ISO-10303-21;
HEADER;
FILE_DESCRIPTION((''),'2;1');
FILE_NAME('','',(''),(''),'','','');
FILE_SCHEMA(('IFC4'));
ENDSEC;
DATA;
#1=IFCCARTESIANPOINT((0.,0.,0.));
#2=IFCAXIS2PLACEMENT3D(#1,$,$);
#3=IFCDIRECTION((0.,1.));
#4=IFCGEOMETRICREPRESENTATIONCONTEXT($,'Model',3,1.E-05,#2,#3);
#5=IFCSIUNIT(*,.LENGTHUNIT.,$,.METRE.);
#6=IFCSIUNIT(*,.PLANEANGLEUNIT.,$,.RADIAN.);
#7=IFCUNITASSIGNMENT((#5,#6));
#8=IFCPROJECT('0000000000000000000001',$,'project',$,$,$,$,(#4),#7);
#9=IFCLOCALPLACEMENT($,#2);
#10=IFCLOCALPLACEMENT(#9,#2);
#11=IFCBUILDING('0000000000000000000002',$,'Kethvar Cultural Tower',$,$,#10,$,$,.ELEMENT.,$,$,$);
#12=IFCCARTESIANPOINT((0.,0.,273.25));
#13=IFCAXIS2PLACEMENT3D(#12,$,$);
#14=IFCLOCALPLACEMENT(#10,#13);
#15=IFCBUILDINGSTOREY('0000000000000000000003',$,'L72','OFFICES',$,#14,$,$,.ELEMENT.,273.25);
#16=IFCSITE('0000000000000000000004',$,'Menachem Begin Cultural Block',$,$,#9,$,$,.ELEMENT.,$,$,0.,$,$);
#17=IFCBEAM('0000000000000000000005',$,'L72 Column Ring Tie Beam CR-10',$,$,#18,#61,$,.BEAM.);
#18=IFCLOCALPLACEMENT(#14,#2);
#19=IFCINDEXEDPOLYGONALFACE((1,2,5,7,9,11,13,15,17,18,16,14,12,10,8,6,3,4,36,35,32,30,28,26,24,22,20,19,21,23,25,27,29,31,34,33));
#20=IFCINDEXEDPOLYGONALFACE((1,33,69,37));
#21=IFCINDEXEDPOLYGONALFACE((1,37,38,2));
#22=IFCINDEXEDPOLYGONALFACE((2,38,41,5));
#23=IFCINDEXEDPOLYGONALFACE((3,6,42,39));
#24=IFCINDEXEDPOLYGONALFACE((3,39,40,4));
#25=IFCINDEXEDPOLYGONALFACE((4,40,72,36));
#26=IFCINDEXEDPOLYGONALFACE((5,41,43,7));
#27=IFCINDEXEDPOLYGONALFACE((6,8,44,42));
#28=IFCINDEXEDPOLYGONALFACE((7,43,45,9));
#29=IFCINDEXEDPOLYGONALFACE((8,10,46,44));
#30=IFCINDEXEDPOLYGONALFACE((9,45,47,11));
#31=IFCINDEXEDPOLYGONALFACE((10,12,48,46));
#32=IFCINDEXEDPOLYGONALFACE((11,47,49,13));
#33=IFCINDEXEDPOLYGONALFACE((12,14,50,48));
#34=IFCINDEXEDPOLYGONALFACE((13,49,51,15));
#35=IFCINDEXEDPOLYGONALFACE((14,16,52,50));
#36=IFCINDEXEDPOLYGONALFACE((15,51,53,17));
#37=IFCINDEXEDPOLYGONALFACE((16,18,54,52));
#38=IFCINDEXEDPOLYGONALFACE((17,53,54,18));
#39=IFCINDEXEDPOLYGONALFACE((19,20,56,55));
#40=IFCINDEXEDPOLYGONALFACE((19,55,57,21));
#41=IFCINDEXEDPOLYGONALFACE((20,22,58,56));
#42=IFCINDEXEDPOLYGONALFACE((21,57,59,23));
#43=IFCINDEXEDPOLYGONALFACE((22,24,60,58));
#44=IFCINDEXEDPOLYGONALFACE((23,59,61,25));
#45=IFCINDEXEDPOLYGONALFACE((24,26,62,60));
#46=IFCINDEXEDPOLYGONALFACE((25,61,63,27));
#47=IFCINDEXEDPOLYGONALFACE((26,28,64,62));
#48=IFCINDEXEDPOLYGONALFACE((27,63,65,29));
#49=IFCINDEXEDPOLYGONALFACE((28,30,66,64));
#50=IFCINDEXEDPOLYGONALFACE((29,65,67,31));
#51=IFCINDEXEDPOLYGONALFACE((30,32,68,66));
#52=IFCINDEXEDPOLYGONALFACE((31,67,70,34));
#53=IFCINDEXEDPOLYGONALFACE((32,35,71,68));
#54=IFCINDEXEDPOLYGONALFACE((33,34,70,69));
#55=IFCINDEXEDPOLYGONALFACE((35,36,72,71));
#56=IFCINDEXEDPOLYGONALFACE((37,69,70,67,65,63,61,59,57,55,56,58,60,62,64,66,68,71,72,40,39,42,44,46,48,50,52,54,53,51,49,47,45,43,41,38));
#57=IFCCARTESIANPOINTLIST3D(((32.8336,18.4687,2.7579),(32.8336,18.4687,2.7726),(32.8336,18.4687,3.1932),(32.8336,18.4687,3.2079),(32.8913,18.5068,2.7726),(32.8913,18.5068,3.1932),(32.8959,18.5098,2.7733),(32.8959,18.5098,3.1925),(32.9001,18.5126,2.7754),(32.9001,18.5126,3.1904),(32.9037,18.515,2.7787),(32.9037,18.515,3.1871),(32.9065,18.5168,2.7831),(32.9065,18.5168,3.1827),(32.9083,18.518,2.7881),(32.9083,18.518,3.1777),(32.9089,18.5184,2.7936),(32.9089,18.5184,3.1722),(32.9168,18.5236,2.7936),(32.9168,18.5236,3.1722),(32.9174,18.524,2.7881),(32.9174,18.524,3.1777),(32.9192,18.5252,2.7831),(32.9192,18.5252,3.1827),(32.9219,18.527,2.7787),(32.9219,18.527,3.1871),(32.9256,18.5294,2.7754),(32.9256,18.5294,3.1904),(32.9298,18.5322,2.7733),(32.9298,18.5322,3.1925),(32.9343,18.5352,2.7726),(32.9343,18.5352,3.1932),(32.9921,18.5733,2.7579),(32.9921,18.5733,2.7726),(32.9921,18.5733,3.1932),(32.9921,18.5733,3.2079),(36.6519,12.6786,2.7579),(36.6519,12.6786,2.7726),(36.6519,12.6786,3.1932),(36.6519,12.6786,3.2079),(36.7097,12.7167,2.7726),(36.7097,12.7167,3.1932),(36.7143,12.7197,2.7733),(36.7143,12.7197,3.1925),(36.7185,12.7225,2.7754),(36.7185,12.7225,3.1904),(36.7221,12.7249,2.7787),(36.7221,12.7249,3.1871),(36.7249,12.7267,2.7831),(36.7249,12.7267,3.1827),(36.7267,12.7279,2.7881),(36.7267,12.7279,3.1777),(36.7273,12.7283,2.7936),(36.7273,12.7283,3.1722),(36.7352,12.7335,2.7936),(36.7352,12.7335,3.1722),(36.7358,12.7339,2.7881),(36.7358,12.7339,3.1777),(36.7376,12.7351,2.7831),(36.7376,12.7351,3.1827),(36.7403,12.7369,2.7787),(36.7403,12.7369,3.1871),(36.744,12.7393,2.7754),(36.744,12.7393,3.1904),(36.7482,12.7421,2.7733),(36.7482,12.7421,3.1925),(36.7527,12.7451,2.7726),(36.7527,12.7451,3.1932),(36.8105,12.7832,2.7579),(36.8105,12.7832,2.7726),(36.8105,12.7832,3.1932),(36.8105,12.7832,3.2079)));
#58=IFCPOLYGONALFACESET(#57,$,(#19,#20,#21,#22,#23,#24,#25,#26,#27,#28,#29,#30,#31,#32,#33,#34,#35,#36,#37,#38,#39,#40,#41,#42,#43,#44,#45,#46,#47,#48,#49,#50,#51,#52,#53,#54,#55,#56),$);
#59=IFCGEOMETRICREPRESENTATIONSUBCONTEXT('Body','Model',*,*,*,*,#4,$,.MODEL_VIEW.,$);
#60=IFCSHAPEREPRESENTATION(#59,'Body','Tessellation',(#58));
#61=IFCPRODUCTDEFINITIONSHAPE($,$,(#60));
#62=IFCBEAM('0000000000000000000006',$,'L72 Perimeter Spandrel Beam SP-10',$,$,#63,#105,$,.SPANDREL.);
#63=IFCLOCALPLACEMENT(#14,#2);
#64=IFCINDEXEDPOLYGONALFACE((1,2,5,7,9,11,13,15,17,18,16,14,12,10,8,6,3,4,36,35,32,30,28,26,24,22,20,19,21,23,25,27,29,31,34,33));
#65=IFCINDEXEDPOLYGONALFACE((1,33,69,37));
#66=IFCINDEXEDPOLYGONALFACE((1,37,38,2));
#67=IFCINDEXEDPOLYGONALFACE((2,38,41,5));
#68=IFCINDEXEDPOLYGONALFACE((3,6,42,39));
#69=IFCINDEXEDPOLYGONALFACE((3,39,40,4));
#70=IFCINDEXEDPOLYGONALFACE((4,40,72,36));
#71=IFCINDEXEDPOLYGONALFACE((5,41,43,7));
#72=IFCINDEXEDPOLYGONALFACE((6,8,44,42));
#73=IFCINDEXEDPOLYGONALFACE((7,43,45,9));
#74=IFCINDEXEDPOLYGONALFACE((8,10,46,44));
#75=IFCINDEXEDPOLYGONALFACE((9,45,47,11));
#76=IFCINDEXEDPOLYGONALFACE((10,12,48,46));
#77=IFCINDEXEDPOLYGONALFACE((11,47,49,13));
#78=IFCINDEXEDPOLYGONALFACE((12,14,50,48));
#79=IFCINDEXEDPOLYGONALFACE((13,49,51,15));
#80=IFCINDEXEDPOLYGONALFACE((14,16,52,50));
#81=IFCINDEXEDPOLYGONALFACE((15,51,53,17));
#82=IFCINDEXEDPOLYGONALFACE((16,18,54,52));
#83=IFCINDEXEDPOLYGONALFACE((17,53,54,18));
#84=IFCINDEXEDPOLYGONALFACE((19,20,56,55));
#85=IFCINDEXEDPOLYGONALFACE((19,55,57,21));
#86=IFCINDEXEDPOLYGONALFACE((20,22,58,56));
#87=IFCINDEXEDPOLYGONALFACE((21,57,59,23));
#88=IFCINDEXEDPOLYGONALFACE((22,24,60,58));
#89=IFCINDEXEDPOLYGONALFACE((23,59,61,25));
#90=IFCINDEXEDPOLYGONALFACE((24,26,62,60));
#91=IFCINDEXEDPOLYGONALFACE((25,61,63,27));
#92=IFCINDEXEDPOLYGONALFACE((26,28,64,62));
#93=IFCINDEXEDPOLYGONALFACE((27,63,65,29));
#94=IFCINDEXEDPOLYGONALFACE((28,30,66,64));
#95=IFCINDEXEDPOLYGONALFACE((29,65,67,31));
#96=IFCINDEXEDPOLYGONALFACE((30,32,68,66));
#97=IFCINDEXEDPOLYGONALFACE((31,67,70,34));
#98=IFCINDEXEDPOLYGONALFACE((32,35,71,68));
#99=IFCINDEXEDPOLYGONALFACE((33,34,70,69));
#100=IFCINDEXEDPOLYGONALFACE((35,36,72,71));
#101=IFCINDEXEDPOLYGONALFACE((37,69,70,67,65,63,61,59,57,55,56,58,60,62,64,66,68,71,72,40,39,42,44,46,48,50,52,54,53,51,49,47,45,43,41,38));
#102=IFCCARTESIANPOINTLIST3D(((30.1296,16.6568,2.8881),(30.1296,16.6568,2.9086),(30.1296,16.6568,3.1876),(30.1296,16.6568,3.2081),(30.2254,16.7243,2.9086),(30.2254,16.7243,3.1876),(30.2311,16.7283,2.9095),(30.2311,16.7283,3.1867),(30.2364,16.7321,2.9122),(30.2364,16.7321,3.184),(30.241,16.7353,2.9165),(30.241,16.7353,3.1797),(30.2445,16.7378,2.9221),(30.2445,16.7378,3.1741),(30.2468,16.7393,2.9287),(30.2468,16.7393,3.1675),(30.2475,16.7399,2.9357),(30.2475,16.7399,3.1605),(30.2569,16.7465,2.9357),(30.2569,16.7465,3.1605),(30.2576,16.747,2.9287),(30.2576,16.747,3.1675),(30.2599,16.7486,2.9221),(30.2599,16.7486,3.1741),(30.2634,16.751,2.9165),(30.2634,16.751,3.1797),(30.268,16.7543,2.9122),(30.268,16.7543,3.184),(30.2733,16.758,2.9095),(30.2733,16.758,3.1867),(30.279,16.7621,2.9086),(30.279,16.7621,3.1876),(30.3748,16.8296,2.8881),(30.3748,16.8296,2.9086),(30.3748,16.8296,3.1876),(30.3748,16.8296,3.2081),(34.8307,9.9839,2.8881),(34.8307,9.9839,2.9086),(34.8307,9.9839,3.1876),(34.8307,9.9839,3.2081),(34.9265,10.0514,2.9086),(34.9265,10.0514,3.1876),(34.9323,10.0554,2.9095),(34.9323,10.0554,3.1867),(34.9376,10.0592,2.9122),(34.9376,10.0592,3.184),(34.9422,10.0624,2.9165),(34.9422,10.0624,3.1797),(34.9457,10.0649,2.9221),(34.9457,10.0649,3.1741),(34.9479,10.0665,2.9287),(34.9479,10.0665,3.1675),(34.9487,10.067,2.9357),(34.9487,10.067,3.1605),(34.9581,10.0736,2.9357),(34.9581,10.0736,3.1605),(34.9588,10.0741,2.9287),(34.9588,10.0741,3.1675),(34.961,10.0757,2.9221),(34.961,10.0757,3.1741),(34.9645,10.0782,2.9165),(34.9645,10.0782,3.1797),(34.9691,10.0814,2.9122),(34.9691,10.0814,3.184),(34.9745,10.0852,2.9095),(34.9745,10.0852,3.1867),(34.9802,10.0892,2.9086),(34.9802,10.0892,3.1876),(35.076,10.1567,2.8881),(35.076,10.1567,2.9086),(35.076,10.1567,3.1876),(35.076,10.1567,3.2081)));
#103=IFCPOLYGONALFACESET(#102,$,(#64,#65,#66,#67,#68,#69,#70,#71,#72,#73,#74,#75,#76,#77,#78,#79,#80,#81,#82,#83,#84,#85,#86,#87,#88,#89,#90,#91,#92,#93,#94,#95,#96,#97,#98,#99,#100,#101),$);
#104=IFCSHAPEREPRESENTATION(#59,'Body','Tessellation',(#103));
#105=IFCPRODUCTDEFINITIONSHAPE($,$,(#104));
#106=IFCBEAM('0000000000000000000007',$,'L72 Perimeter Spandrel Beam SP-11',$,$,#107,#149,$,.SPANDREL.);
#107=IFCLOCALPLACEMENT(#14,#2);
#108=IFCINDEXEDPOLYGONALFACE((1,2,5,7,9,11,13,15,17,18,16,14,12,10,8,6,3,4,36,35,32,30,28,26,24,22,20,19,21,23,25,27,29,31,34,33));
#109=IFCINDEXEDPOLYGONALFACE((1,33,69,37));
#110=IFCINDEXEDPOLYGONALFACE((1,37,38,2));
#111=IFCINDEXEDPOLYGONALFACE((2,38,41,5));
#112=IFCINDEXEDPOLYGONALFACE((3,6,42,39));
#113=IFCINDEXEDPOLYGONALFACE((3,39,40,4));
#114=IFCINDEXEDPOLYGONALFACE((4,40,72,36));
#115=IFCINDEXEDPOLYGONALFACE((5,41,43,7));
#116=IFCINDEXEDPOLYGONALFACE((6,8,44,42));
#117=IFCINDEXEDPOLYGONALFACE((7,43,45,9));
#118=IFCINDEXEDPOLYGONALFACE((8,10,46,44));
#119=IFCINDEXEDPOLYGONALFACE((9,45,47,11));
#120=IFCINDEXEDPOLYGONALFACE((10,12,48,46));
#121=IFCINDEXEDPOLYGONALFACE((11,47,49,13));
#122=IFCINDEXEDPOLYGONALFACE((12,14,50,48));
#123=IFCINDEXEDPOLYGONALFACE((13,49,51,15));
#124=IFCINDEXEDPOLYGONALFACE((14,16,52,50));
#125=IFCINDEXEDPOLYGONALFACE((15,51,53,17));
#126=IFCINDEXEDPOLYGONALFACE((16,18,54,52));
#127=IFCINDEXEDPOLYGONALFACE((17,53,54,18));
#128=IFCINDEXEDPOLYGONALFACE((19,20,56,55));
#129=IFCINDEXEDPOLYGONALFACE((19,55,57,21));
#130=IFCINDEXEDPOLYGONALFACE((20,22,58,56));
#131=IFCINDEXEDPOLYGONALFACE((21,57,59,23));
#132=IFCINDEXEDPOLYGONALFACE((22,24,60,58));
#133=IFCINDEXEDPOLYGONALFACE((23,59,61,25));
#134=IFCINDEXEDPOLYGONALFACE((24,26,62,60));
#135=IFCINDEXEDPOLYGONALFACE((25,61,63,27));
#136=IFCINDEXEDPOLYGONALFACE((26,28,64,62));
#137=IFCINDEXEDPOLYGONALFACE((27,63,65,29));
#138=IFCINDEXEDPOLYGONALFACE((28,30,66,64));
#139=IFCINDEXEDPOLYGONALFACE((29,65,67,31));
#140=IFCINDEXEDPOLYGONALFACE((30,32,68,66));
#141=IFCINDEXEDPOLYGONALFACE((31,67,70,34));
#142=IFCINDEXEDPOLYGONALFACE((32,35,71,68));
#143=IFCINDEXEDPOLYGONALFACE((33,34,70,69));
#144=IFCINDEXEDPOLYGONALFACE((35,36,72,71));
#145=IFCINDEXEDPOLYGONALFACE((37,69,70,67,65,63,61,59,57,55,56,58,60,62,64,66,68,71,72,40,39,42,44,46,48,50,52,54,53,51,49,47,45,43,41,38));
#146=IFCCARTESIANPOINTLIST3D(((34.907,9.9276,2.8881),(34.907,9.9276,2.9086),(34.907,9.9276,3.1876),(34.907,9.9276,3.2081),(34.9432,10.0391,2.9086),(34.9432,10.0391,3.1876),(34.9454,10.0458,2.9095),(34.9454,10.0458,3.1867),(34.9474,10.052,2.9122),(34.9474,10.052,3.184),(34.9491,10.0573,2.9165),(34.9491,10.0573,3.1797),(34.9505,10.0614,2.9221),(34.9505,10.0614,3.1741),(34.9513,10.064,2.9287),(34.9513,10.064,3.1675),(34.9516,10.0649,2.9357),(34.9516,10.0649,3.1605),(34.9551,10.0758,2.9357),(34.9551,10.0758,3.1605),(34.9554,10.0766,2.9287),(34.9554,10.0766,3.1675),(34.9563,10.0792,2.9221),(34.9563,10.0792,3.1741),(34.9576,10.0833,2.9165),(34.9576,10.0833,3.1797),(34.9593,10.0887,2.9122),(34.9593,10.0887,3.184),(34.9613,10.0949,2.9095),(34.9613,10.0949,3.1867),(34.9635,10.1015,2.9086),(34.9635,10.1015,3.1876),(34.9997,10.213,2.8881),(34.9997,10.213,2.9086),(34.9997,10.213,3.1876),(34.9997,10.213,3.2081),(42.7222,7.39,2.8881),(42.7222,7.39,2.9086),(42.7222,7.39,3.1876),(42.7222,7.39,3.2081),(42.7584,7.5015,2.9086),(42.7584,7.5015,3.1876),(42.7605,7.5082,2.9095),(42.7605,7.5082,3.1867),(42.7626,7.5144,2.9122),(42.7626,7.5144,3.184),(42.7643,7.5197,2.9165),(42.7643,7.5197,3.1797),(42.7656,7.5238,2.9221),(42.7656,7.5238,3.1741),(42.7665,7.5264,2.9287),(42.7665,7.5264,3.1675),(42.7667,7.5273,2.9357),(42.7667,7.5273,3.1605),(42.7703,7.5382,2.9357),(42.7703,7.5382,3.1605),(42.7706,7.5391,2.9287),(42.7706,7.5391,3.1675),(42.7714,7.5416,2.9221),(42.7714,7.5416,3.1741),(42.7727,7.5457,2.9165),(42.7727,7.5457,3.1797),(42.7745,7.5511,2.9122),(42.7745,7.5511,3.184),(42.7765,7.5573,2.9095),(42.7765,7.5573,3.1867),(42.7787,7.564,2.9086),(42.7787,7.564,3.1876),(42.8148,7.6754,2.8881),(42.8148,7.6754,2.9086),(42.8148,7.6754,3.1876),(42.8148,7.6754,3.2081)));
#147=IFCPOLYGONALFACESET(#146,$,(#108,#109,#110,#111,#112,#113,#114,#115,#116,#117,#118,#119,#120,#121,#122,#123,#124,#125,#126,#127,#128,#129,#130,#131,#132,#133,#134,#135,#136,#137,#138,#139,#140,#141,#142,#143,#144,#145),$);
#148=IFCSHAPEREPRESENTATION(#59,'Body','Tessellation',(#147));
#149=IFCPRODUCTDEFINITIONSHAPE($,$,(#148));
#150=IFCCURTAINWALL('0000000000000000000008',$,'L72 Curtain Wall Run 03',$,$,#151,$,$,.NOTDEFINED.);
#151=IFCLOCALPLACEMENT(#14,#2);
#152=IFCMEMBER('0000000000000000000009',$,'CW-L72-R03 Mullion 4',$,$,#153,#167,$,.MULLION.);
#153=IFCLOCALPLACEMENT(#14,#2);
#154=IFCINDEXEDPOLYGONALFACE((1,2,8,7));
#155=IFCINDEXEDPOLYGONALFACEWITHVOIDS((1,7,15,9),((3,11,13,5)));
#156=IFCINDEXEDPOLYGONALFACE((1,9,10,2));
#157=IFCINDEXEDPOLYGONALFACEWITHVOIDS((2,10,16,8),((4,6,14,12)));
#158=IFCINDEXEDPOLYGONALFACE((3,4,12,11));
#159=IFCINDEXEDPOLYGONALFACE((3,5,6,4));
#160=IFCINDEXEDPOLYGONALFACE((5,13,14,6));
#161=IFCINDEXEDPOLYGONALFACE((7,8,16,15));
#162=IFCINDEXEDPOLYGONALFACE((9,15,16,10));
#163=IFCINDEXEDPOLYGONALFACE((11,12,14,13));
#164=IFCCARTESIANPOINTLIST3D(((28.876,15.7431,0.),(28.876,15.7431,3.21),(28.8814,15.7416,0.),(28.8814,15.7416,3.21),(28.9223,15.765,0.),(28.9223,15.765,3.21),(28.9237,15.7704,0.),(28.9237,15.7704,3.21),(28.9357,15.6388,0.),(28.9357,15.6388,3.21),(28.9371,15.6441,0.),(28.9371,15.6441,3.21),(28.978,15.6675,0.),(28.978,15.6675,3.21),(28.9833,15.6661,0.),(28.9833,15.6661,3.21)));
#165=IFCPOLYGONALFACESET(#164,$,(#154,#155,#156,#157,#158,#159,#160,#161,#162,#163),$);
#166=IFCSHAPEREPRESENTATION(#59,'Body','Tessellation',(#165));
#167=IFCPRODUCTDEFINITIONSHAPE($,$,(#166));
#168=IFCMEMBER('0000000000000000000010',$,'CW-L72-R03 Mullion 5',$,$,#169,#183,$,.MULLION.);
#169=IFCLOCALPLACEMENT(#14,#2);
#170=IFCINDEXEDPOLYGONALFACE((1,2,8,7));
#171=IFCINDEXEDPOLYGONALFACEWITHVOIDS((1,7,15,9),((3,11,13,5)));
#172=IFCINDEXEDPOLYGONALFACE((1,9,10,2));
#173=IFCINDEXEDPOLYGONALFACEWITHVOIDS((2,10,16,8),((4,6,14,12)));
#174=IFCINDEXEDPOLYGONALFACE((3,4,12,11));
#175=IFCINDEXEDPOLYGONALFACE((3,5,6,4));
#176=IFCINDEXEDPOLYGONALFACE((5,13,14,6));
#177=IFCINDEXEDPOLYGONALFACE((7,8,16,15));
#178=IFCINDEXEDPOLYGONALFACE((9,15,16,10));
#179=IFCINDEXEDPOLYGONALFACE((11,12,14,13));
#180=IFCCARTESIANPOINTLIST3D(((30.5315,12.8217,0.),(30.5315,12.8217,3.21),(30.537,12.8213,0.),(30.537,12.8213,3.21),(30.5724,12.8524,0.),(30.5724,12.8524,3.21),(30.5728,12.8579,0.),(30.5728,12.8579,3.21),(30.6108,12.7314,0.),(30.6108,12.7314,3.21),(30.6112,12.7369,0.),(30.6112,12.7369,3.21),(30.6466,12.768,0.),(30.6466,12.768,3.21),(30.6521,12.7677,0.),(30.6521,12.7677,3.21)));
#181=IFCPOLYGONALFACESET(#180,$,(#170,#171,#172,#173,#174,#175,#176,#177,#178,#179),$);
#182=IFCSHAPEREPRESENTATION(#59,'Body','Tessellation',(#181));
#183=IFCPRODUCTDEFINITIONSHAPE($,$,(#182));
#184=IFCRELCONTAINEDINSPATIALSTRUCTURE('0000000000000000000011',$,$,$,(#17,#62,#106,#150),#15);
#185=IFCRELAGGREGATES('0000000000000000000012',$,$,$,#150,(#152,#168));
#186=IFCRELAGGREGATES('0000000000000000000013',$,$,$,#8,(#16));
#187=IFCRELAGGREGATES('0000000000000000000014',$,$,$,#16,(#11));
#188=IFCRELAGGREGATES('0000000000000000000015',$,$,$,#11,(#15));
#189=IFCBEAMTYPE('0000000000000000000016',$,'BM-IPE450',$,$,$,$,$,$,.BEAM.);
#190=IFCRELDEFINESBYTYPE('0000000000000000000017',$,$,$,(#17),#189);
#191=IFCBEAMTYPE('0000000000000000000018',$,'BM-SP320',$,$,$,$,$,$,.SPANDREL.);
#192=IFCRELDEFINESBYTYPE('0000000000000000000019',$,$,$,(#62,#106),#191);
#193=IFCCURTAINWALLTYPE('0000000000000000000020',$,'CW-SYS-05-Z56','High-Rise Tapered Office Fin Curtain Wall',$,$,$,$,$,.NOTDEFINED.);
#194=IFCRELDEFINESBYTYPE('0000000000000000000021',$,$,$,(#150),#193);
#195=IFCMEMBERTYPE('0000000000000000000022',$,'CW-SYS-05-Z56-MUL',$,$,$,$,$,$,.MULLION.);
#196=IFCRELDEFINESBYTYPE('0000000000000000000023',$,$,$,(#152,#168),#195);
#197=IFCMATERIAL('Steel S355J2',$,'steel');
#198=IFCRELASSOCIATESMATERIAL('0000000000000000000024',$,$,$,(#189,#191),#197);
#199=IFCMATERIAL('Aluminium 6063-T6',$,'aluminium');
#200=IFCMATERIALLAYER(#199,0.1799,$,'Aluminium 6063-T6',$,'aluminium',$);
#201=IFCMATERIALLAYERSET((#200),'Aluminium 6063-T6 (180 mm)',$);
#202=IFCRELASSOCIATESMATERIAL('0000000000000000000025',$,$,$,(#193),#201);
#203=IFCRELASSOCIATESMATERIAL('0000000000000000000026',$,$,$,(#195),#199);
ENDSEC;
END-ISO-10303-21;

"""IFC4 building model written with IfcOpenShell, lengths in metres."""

from ifc_helpers import new_model, si_unit, direction, frame, origin, origin_2d, place, context, subcontext, project, spatial, hollow_rectangle, i_section, extrude, source, transform, mapped, material, layer, layer_set, material_profile, profile_set, type_object, element, aggregate, save


model = new_model("IFC4")

# Units and contexts
model_context = context("Model", 3, precision=1e-05, world=origin(), true_north=direction((0.0, 1.0)))
body_context = subcontext(model_context, "Body", "Model", "MODEL_VIEW")
ifc_project = project(units=[si_unit("LENGTHUNIT", "METRE"), si_unit("PLANEANGLEUNIT", "RADIAN")], contexts=[model_context])

# Site, building, storey
site_placement = place(None, origin())
site = spatial("IfcSite", under=ifc_project, at=site_placement, Name="Menachem Begin Cultural Block", CompositionType="ELEMENT", RefElevation=0.0)
building_placement = place(site_placement, origin())
building = spatial("IfcBuilding", under=site, at=building_placement, Name="Kethvar Cultural Tower", CompositionType="ELEMENT")
storey_placement = place(building_placement, frame((0.0, 0.0, 273.25)))
storey = spatial("IfcBuildingStorey", under=building, at=storey_placement, Name="L72", Description="OFFICES", CompositionType="ELEMENT", Elevation=273.25)

# Shared definitions
ifc_material_1 = material(Name="Steel S355J2", Category="steel")

# Beams
ifc_material_profile_1 = material_profile(ifc_material_1, i_section(OverallWidth=0.1899, OverallDepth=0.45, WebThickness=0.0095, FlangeThickness=0.0146, FilletRadius=0.021, at=origin_2d()), Name="Steel S355J2 — IPE450")
ifc_profile_set_1 = profile_set([ifc_material_profile_1], Name="Steel S355J2 — IPE450")
beam_type_1 = type_object("IfcBeamType", Name="BM-IPE450", PredefinedType="BEAM", material=ifc_profile_set_1)
ifc_material_profile_2 = material_profile(ifc_material_1, i_section(OverallWidth=0.3, OverallDepth=0.3201, WebThickness=0.0115, FlangeThickness=0.0205, FilletRadius=0.0271, at=origin_2d()), Name="Steel S355J2 — HEB320")
ifc_profile_set_2 = profile_set([ifc_material_profile_2], Name="Steel S355J2 — HEB320")
beam_type_2 = type_object("IfcBeamType", Name="BM-SP320", PredefinedType="SPANDREL", material=ifc_profile_set_2)
shared_shape_1 = source(origin(), body_context, "Body", "SweptSolid", [
    extrude(i_section(OverallWidth=0.1899, OverallDepth=0.45, WebThickness=0.0095, FlangeThickness=0.0146, FilletRadius=0.021, at=origin_2d()), origin(), (0.0, 0.0, 1.0), 6.9358),
])
beam_1_placement = place(storey_placement, frame((32.9128, 18.521, 2.9829), z_axis=(0.550534, -0.834813, 0.0), x_axis=(0.834813, 0.550534, 0.0)))
element("IfcBeam", 1, at=beam_1_placement, inside=storey, type_object=beam_type_1, Name="L72 Column Ring Tie Beam CR-10", PredefinedType="BEAM", context=body_context, shape_type="MappedRepresentation", body=[
    mapped(shared_shape_1, transform((0.0, 0.0, 0.0), scale=1.0)),
])
shared_shape_2 = source(origin(), body_context, "Body", "SweptSolid", [
    extrude(i_section(OverallWidth=0.3, OverallDepth=0.3201, WebThickness=0.0115, FlangeThickness=0.0205, FilletRadius=0.0271, at=origin_2d()), origin(), (0.0, 0.0, 1.0), 8.1626),
])
beam_2_placement = place(storey_placement, frame((30.2522, 16.7432, 3.0481), z_axis=(0.575941, -0.817491, 0.0), x_axis=(0.817491, 0.575941, 0.0)))
element("IfcBeam", 2, at=beam_2_placement, inside=storey, type_object=beam_type_2, Name="L72 Perimeter Spandrel Beam SP-10", PredefinedType="SPANDREL", context=body_context, shape_type="MappedRepresentation", body=[
    mapped(shared_shape_2, transform((0.0, 0.0, 0.0), scale=1.0)),
])
shared_shape_3 = source(origin(), body_context, "Body", "SweptSolid", [
    extrude(i_section(OverallWidth=0.3, OverallDepth=0.3201, WebThickness=0.0115, FlangeThickness=0.0205, FilletRadius=0.0271, at=origin_2d()), origin(), (0.0, 0.0, 1.0), 8.2168),
])
beam_3_placement = place(storey_placement, frame((34.9534, 10.0703, 3.0481), z_axis=(0.951118, -0.308829, 0.0), x_axis=(0.308829, 0.951118, 0.0)))
element("IfcBeam", 3, at=beam_3_placement, inside=storey, type_object=beam_type_2, Name="L72 Perimeter Spandrel Beam SP-11", PredefinedType="SPANDREL", context=body_context, shape_type="MappedRepresentation", body=[
    mapped(shared_shape_3, transform((0.0, 0.0, 0.0), scale=1.0)),
])

# Curtain wall, members
ifc_material_2 = material(Name="Aluminium 6063-T6", Category="aluminium")
ifc_layer_1 = layer(ifc_material_2, 0.1799, Name="Aluminium 6063-T6", Category="aluminium")
ifc_layer_set_1 = layer_set([ifc_layer_1], Name="Aluminium 6063-T6 (180 mm)")
curtain_wall_type = type_object("IfcCurtainWallType", Name="CW-SYS-05-Z56", Description="High-Rise Tapered Office Fin Curtain Wall", PredefinedType="NOTDEFINED", material=ifc_layer_set_1)
curtain_wall_placement = place(storey_placement, origin())
curtain_wall = element("IfcCurtainWall", 4, at=curtain_wall_placement, inside=storey, type_object=curtain_wall_type, Name="L72 Curtain Wall Run 03", PredefinedType="NOTDEFINED")
ifc_material_profile_3 = material_profile(ifc_material_2, hollow_rectangle(XDim=0.0549, YDim=0.1201, WallThickness=0.0039, at=origin_2d()), Name="Aluminium 6063-T6 — RHS120x55x4")
ifc_profile_set_3 = profile_set([ifc_material_profile_3], Name="Aluminium 6063-T6 — RHS120x55x4")
member_type_1 = type_object("IfcMemberType", Name="CW-SYS-05-Z56-MUL", PredefinedType="MULLION", material=ifc_profile_set_3)
shared_shape_4 = source(origin(), body_context, "Body", "SweptSolid", [
    extrude(hollow_rectangle(XDim=0.0549, YDim=0.1201, WallThickness=0.0039, at=origin_2d()), origin(), (0.0, 0.0, 1.0), 3.21),
])
member_1_placement = place(storey_placement, frame((28.9297, 15.7046, 0.0), z_axis=(0.0, 0.0, 1.0), x_axis=(0.868052, 0.496474, 0.0)))
member_1 = element("IfcMember", 5, at=member_1_placement, type_object=member_type_1, Name="CW-L72-R03 Mullion 4", PredefinedType="MULLION", context=body_context, shape_type="MappedRepresentation", body=[
    mapped(shared_shape_4, transform((0.0, 0.0, 0.0), scale=1.0)),
])
member_2_placement = place(storey_placement, frame((30.5918, 12.7947, 0.0), z_axis=(0.0, 0.0, 1.0), x_axis=(0.751276, 0.659989, 0.0)))
member_2 = element("IfcMember", 6, at=member_2_placement, type_object=member_type_1, Name="CW-L72-R03 Mullion 5", PredefinedType="MULLION", context=body_context, shape_type="MappedRepresentation", body=[
    mapped(shared_shape_4, transform((0.0, 0.0, 0.0), scale=1.0)),
])
aggregate(curtain_wall, [member_1, member_2])

save(model, "model.ifc")
